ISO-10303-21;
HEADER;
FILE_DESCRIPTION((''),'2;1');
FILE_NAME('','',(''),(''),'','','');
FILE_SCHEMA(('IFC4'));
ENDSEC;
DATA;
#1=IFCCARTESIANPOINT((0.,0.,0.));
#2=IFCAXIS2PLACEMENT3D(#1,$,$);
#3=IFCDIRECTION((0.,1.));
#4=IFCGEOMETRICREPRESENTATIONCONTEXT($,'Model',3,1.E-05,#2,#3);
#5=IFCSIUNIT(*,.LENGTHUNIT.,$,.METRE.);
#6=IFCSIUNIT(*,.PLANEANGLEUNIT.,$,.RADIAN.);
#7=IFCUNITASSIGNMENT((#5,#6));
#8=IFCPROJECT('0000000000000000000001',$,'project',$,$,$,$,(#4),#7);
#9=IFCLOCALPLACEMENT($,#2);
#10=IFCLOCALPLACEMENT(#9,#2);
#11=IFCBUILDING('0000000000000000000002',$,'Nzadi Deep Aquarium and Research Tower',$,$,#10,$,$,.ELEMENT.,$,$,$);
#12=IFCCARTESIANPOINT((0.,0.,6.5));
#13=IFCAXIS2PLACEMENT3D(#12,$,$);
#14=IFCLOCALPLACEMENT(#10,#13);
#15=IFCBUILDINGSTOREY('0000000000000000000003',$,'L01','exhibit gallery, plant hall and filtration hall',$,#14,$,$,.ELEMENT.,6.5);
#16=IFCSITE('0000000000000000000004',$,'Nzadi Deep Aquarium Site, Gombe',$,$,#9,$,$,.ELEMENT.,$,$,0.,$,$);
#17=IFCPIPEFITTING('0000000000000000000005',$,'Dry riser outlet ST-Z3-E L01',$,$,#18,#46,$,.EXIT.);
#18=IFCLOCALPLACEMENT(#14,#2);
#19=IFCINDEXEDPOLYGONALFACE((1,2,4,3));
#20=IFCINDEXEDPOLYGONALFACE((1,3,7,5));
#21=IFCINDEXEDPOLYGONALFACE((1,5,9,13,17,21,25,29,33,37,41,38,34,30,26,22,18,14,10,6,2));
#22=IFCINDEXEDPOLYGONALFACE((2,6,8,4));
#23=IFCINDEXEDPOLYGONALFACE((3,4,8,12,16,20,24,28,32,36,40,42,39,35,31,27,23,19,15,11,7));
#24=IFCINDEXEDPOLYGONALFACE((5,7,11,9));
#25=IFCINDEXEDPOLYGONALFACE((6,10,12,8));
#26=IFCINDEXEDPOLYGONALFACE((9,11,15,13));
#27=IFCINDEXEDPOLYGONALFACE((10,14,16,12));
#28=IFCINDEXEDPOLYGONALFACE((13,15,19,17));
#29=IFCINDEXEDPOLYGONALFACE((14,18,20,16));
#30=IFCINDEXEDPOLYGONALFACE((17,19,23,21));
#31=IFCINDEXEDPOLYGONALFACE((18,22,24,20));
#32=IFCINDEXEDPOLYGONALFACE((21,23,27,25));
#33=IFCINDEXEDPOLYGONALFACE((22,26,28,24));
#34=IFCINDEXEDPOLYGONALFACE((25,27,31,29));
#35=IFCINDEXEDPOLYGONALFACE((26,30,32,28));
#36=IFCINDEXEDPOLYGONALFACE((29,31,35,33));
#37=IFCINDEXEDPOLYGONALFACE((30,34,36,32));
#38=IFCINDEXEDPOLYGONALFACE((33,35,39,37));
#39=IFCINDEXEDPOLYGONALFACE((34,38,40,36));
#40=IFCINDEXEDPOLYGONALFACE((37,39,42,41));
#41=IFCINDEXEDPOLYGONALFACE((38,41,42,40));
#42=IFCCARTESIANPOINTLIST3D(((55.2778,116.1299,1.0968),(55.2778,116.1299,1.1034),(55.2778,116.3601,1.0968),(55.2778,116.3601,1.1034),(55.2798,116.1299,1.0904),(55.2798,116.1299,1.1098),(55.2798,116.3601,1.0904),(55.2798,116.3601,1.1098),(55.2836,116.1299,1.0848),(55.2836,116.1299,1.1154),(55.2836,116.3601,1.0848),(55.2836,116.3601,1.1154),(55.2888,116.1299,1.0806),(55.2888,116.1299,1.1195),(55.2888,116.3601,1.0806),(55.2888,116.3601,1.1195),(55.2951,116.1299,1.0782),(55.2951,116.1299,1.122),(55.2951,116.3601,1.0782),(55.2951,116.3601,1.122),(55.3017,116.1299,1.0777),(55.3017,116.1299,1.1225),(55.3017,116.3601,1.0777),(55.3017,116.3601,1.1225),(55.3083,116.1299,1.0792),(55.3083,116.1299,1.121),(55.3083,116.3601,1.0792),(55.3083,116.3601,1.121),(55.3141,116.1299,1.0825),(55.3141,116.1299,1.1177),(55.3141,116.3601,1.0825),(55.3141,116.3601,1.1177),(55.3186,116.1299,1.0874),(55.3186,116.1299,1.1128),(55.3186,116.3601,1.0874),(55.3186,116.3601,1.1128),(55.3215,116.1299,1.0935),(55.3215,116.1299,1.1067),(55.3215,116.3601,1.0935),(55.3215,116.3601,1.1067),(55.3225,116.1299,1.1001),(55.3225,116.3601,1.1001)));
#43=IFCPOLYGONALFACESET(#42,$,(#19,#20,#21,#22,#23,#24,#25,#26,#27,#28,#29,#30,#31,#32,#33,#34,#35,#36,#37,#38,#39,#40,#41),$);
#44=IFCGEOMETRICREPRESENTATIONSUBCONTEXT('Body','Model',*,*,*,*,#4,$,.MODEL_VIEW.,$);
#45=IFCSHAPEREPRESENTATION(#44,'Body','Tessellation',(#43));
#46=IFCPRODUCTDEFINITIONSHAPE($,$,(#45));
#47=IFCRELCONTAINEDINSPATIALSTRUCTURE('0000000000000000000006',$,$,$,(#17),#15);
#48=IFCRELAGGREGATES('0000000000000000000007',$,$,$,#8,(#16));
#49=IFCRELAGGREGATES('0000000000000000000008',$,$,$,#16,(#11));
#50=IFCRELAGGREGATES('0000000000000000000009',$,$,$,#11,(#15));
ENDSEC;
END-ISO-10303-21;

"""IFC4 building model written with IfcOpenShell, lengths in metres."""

from ifc_helpers import new_model, si_unit, direction, frame, origin, origin_2d, place, context, subcontext, project, spatial, circle, extrude, element, save


model = new_model("IFC4")

# Units and contexts
model_context = context("Model", 3, precision=1e-05, world=origin(), true_north=direction((0.0, 1.0)))
body_context = subcontext(model_context, "Body", "Model", "MODEL_VIEW")
ifc_project = project(units=[si_unit("LENGTHUNIT", "METRE"), si_unit("PLANEANGLEUNIT", "RADIAN")], contexts=[model_context])

# Site, building, storey
site_placement = place(None, origin())
site = spatial("IfcSite", under=ifc_project, at=site_placement, Name="Nzadi Deep Aquarium Site, Gombe", CompositionType="ELEMENT", RefElevation=0.0)
building_placement = place(site_placement, origin())
building = spatial("IfcBuilding", under=site, at=building_placement, Name="Nzadi Deep Aquarium and Research Tower", CompositionType="ELEMENT")
storey_placement = place(building_placement, frame((0.0, 0.0, 6.5)))
storey = spatial("IfcBuildingStorey", under=building, at=storey_placement, Name="L01", Description="exhibit gallery, plant hall and filtration hall", CompositionType="ELEMENT", Elevation=6.5)

# Pipe fitting
pipe_fitting_placement = place(storey_placement, frame((55.3, 116.3601, 1.1001), z_axis=(0.0, -1.0, 0.0), x_axis=(1.0, 0.0, 0.0)))
element("IfcPipeFitting", 1, at=pipe_fitting_placement, inside=storey, Name="Dry riser outlet ST-Z3-E L01", PredefinedType="EXIT", context=body_context, shape_type="SweptSolid", body=[
    extrude(circle(Radius=0.0225, at=origin_2d()), origin(), (0.0, 0.0, 1.0), 0.2302),
])

save(model, "model.ifc")
